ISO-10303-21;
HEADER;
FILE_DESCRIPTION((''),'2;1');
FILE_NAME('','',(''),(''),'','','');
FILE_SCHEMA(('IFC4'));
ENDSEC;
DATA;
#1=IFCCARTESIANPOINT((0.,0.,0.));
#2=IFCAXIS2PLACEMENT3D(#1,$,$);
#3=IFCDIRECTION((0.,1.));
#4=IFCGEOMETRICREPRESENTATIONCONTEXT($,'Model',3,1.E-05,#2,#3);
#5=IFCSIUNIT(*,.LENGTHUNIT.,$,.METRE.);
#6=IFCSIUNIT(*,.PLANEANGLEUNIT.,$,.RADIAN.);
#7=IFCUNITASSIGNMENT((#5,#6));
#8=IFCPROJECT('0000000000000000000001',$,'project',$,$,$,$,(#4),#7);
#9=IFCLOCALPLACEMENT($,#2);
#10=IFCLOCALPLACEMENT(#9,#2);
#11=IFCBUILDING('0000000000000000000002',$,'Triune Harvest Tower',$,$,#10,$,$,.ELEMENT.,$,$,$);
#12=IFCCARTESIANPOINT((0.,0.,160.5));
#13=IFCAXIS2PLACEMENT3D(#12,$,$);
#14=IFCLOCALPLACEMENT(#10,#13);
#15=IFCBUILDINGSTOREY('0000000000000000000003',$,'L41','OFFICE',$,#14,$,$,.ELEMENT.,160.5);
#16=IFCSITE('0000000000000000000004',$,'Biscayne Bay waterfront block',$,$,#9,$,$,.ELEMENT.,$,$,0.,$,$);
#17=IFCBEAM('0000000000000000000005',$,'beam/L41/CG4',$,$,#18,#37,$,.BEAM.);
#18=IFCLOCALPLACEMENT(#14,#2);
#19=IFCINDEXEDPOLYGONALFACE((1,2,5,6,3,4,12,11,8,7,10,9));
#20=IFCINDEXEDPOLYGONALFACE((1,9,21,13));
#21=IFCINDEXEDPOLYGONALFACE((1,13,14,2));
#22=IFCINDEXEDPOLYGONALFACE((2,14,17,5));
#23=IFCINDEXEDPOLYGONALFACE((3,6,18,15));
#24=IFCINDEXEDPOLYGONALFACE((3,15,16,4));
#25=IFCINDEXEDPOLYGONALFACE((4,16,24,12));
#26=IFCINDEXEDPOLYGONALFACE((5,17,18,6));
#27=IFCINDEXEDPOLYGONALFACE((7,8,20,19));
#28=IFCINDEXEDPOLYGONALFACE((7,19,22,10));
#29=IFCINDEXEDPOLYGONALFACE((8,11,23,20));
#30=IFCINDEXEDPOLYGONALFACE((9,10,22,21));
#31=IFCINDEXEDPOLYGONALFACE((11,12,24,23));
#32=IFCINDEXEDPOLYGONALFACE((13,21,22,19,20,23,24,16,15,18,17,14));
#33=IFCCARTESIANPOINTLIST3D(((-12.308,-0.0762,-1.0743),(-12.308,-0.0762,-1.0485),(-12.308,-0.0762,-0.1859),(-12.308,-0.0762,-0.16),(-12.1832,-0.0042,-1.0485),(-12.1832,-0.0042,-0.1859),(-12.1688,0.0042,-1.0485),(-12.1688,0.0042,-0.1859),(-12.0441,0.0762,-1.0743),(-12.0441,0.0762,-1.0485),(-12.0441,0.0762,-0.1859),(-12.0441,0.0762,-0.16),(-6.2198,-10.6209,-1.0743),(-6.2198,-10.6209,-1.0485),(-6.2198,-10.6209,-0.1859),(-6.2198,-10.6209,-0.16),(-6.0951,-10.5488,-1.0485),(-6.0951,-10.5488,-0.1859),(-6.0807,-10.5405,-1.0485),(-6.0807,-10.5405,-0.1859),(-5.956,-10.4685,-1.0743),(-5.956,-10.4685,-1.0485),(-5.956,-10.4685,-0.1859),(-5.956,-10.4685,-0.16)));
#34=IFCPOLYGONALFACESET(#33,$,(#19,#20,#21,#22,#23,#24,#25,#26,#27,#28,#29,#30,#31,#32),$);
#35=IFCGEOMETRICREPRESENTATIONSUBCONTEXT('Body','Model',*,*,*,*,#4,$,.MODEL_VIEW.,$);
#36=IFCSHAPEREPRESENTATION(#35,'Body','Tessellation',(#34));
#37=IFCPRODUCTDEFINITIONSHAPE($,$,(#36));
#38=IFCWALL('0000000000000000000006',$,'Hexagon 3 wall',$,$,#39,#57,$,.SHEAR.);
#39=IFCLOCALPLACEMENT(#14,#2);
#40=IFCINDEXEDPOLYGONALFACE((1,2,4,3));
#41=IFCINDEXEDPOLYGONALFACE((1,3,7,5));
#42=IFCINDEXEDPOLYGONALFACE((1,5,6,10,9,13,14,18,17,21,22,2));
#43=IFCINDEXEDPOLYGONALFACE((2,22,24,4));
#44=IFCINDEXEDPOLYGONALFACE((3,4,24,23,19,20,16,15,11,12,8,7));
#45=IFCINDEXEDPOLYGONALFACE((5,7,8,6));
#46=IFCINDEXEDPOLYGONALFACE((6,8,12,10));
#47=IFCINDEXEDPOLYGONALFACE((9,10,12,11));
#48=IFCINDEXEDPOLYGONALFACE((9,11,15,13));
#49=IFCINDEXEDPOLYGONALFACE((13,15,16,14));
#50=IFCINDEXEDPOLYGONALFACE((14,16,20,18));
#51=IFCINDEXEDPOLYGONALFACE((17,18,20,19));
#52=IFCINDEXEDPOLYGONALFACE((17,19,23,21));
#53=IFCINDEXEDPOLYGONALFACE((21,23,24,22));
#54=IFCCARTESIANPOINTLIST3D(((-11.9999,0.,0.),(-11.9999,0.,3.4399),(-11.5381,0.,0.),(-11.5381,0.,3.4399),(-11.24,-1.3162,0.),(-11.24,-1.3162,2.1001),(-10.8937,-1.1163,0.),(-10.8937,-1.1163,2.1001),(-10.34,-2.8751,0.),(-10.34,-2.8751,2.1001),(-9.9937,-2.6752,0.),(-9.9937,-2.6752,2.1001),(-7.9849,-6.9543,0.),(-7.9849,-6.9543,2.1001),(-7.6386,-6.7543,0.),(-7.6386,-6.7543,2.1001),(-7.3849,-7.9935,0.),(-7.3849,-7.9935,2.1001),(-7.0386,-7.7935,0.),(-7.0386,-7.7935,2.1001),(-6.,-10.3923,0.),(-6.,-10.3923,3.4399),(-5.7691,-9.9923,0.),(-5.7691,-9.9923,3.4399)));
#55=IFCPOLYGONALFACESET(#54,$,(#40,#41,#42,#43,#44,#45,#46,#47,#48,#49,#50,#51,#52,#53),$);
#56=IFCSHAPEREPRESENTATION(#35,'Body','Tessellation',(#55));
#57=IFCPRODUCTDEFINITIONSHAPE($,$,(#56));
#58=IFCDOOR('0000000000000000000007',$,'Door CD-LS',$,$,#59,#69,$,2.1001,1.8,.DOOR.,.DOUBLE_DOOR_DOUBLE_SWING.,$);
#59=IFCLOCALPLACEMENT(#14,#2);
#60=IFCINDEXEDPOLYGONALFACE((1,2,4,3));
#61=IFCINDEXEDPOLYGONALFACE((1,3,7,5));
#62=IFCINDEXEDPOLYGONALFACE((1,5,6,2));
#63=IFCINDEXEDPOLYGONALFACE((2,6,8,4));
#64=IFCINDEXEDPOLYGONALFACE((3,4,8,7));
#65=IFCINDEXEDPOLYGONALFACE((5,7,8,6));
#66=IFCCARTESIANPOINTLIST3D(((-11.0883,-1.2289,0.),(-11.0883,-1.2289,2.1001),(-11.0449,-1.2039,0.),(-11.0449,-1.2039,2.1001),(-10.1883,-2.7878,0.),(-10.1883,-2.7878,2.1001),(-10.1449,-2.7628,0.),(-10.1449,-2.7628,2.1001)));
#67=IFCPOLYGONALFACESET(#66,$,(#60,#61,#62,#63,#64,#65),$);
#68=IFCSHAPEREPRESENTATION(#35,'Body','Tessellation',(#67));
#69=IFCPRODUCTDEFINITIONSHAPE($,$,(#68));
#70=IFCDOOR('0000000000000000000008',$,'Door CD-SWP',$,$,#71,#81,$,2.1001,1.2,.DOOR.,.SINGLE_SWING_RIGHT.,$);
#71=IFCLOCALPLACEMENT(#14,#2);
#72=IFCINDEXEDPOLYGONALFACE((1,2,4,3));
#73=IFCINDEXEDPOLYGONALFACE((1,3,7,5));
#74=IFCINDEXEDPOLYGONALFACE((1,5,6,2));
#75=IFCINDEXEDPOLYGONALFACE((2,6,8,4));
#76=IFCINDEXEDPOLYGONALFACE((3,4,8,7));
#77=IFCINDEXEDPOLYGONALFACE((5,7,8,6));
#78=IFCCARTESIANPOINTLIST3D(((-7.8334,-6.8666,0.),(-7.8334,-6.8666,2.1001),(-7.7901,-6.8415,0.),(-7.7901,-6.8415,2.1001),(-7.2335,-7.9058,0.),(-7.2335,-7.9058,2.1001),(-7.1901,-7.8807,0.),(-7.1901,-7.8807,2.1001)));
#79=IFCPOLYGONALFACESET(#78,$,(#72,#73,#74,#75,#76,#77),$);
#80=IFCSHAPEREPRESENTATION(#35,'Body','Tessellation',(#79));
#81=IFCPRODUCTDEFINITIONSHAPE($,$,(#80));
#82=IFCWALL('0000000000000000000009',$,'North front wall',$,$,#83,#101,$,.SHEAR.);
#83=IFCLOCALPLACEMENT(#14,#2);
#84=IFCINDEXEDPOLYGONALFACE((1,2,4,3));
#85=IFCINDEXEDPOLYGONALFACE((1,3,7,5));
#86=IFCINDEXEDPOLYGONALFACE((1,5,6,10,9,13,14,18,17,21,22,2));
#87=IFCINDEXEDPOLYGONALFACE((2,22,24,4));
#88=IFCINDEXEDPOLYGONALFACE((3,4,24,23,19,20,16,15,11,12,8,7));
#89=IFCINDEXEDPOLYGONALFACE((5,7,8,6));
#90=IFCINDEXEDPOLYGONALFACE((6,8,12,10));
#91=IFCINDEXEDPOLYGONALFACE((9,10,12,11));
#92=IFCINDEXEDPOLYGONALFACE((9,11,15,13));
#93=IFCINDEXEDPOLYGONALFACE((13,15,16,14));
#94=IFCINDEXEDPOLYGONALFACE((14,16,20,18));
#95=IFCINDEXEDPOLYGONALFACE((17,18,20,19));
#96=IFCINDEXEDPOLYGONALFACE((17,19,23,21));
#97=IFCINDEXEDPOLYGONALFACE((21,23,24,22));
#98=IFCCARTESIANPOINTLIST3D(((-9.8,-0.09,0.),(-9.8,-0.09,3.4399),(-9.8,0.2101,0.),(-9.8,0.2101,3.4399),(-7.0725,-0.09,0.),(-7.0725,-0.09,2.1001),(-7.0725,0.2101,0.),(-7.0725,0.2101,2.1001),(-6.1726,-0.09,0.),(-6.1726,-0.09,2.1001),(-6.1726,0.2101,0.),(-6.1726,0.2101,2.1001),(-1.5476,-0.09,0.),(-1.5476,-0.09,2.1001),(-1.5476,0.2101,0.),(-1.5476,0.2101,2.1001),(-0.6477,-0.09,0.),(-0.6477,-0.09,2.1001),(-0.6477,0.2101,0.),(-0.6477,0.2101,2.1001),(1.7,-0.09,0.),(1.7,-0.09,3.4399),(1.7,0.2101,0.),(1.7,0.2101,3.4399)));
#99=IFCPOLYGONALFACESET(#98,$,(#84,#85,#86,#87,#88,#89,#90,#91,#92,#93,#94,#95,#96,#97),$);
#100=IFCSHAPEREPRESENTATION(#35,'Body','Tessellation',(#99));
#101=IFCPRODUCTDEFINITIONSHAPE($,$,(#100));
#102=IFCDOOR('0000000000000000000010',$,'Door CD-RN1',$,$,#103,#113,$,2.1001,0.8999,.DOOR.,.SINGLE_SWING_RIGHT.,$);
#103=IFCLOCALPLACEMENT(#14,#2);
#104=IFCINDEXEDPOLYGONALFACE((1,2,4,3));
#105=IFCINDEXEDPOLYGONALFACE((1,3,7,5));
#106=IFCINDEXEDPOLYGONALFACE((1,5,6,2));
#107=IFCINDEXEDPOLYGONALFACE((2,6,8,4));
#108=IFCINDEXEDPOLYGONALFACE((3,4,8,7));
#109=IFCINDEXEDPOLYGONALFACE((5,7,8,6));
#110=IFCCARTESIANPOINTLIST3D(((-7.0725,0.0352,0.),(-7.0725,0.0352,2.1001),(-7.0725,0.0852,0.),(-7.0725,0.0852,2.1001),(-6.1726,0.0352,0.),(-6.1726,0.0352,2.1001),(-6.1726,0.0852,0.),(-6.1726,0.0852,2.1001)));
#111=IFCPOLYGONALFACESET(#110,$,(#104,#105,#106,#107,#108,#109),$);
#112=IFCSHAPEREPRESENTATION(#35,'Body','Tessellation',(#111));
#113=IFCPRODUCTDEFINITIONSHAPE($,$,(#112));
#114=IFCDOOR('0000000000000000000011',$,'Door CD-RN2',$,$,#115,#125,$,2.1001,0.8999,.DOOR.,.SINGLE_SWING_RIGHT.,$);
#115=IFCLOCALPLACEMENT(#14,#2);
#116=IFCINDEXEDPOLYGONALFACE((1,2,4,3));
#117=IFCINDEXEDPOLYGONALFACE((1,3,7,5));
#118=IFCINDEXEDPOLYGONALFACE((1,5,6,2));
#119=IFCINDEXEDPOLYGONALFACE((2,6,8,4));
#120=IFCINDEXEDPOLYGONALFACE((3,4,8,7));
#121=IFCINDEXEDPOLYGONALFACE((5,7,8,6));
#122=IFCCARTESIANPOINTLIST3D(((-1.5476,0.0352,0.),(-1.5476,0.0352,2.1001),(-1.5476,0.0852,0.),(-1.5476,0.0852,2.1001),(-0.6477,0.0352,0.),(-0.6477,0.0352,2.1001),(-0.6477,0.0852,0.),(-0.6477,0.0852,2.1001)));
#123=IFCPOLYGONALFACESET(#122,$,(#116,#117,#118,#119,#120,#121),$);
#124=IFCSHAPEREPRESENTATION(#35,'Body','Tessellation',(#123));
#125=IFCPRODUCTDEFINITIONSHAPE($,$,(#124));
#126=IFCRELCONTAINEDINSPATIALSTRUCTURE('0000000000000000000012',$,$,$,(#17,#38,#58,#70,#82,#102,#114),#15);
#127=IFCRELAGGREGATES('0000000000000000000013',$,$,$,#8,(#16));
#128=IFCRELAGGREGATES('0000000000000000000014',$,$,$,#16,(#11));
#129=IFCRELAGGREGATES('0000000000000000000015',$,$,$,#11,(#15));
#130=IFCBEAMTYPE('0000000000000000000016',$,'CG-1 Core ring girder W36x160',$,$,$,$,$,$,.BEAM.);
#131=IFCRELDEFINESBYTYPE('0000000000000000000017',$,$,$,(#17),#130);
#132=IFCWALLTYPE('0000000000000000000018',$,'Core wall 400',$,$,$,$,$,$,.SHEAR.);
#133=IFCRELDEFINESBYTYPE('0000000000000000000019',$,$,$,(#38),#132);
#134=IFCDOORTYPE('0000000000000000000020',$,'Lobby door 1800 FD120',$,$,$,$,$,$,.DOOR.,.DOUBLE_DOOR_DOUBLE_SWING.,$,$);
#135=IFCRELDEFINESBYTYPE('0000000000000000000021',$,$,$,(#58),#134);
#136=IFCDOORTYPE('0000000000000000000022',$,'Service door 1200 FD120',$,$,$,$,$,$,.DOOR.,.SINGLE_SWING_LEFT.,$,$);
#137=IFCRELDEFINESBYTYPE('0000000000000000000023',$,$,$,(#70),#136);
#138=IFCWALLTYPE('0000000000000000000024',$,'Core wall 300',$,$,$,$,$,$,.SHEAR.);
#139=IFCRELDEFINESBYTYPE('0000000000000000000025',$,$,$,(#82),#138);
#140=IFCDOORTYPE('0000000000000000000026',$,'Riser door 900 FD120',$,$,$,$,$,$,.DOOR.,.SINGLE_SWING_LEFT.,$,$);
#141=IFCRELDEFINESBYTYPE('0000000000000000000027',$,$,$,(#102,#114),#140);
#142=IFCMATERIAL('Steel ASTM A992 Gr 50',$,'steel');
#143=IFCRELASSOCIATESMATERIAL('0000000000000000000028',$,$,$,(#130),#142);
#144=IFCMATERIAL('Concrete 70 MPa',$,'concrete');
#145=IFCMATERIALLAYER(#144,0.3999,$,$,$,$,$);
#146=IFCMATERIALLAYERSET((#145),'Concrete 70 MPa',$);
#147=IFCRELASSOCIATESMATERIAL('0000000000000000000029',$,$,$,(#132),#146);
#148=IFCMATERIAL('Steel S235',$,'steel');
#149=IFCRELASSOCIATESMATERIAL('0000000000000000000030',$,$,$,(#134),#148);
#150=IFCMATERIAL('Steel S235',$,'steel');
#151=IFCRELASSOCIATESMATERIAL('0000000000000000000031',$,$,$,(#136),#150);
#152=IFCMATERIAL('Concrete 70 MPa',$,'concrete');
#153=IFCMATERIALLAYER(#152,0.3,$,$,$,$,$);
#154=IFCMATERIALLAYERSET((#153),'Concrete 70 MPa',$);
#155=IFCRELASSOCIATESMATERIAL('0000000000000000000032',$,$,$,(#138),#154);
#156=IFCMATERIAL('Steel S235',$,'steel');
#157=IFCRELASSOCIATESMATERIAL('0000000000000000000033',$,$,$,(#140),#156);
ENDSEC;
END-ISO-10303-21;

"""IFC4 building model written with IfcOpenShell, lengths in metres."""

from ifc_helpers import new_model, si_unit, direction, frame, frame_2d, origin, origin_2d, place, context, subcontext, project, spatial, polyline, rectangle, i_section, outline, extrude, source, transform, mapped, material, layer, layer_set, material_profile, profile_set, type_object, element, fill, save


model = new_model("IFC4")

# Units and contexts
model_context = context("Model", 3, precision=1e-05, world=origin(), true_north=direction((0.0, 1.0)))
body_context = subcontext(model_context, "Body", "Model", "MODEL_VIEW")
ifc_project = project(units=[si_unit("LENGTHUNIT", "METRE"), si_unit("PLANEANGLEUNIT", "RADIAN")], contexts=[model_context])

# Site, building, storey
site_placement = place(None, origin())
site = spatial("IfcSite", under=ifc_project, at=site_placement, Name="Biscayne Bay waterfront block", CompositionType="ELEMENT", RefElevation=0.0)
building_placement = place(site_placement, origin())
building = spatial("IfcBuilding", under=site, at=building_placement, Name="Triune Harvest Tower", CompositionType="ELEMENT")
storey_placement = place(building_placement, frame((0.0, 0.0, 160.5)))
storey = spatial("IfcBuildingStorey", under=building, at=storey_placement, Name="L41", Description="OFFICE", CompositionType="ELEMENT", Elevation=160.5)

# Beam
ifc_material_1 = material(Name="Steel ASTM A992 Gr 50", Category="steel")
ifc_material_profile = material_profile(ifc_material_1, i_section(OverallWidth=0.3047, OverallDepth=0.9143, WebThickness=0.0166, FlangeThickness=0.0259, at=origin_2d()), Name="W36x160")
ifc_profile_set = profile_set([ifc_material_profile], Name="Steel ASTM A992 Gr 50")
beam_type = type_object("IfcBeamType", Name="CG-1 Core ring girder W36x160", PredefinedType="BEAM", material=ifc_profile_set)
shared_shape_1 = source(origin(), body_context, "Body", "SweptSolid", [
    extrude(i_section(OverallWidth=0.3047, OverallDepth=0.9143, WebThickness=0.0166, FlangeThickness=0.0259, at=origin_2d()), origin(), (0.0, 0.0, 1.0), 12.176),
])
beam_placement = place(storey_placement, frame((-12.176, 0.0, -0.6172), z_axis=(0.50001, -0.86602, 0.0), x_axis=(0.86602, 0.50001, 0.0)))
element("IfcBeam", 1, at=beam_placement, inside=storey, type_object=beam_type, Name="beam/L41/CG4", PredefinedType="BEAM", context=body_context, shape_type="MappedRepresentation", body=[
    mapped(shared_shape_1, transform((0.0, 0.0, 0.0), scale=1.0)),
])

# Walls, openings, doors
ifc_material_2 = material(Name="Concrete 70 MPa", Category="concrete")
ifc_layer_1 = layer(ifc_material_2, 0.3999)
ifc_layer_set_1 = layer_set([ifc_layer_1], Name="Concrete 70 MPa")
wall_type_1 = type_object("IfcWallType", Name="Core wall 400", PredefinedType="SHEAR", material=ifc_layer_set_1)
shared_shape_2 = source(origin(), body_context, "Body", "SweptSolid", [
    extrude(outline(polyline([(-0.1155, -0.2), (11.8845, -0.2), (11.6536, 0.2), (0.1155, 0.2), (-0.1155, -0.2)])), origin(), (0.0, 0.0, 1.0), 3.4399),
])
wall_1_placement = place(storey_placement, frame((-11.769, 0.0, 0.0), z_axis=(0.0, 0.0, 1.0), x_axis=(0.499997, -0.866027, 0.0)))
wall_1 = element("IfcWall", 2, at=wall_1_placement, inside=storey, type_object=wall_type_1, Name="Hexagon 3 wall", PredefinedType="SHEAR", context=body_context, shape_type="MappedRepresentation", body=[
    mapped(shared_shape_2, transform((0.0, 0.0, 0.0), scale=1.0)),
])
opening_1_placement = place(wall_1_placement, frame((1.4045, 0.0, 0.0)))
opening_1 = element("IfcOpeningElement", 3, at=opening_1_placement, cuts=wall_1, PredefinedType="OPENING", context=body_context, shape_type="SweptSolid", body=[
    extrude(rectangle(XDim=1.8, YDim=2.1001, at=frame_2d((0.8999, 1.05))), frame((0.0, 0.21, 0.0), z_axis=(0.0, -1.0, 0.0), x_axis=(1.0, 0.0, 0.0)), (0.0, 0.0, 1.0), 0.4199),
])
opening_2_placement = place(wall_1_placement, frame((7.9146, 0.0, 0.0)))
opening_2 = element("IfcOpeningElement", 4, at=opening_2_placement, cuts=wall_1, PredefinedType="OPENING", context=body_context, shape_type="SweptSolid", body=[
    extrude(rectangle(XDim=1.2, YDim=2.1001, at=frame_2d((0.6001, 1.05))), frame((0.0, 0.21, 0.0), z_axis=(0.0, -1.0, 0.0), x_axis=(1.0, 0.0, 0.0)), (0.0, 0.0, 1.0), 0.4199),
])
ifc_material_3 = material(Name="Steel S235", Category="steel")
door_type_1 = type_object("IfcDoorType", Name="Lobby door 1800 FD120", OperationType="DOUBLE_DOOR_DOUBLE_SWING", PredefinedType="DOOR", material=ifc_material_3)
door_1_placement = place(opening_1_placement, frame((1.8, 0.0, 0.0), z_axis=(0.0, 0.0, 1.0), x_axis=(-1.0, 0.0, 0.0)))
door_1 = element("IfcDoor", 5, at=door_1_placement, inside=storey, type_object=door_type_1, Name="Door CD-LS", OperationType="DOUBLE_DOOR_DOUBLE_SWING", OverallHeight=2.1001, OverallWidth=1.8, PredefinedType="DOOR", context=body_context, shape_type="SweptSolid", body=[
    extrude(rectangle(XDim=1.8, YDim=2.1001, at=frame_2d((0.8999, 1.05))), frame((0.0, 0.0249, 0.0), z_axis=(0.0, -1.0, 0.0), x_axis=(1.0, 0.0, 0.0)), (0.0, 0.0, 1.0), 0.05),
])
fill(opening_1, door_1)
ifc_material_4 = material(Name="Steel S235", Category="steel")
door_type_2 = type_object("IfcDoorType", Name="Service door 1200 FD120", OperationType="SINGLE_SWING_LEFT", PredefinedType="DOOR", material=ifc_material_4)
door_2_placement = place(opening_2_placement, frame((1.2, 0.0, 0.0), z_axis=(0.0, 0.0, 1.0), x_axis=(-1.0, 0.0, 0.0)))
door_2 = element("IfcDoor", 6, at=door_2_placement, inside=storey, type_object=door_type_2, Name="Door CD-SWP", OperationType="SINGLE_SWING_RIGHT", OverallHeight=2.1001, OverallWidth=1.2, PredefinedType="DOOR", context=body_context, shape_type="SweptSolid", body=[
    extrude(rectangle(XDim=1.2, YDim=2.1001, at=frame_2d((0.6001, 1.05))), frame((0.0, 0.0249, 0.0), z_axis=(0.0, -1.0, 0.0), x_axis=(1.0, 0.0, 0.0)), (0.0, 0.0, 1.0), 0.05),
])
fill(opening_2, door_2)
ifc_material_5 = material(Name="Concrete 70 MPa", Category="concrete")
ifc_layer_2 = layer(ifc_material_5, 0.3)
ifc_layer_set_2 = layer_set([ifc_layer_2], Name="Concrete 70 MPa")
wall_type_2 = type_object("IfcWallType", Name="Core wall 300", PredefinedType="SHEAR", material=ifc_layer_set_2)
shared_shape_3 = source(origin(), body_context, "Body", "SweptSolid", [
    extrude(rectangle(XDim=11.5, YDim=0.3, at=frame_2d((5.75, 0.0))), origin(), (0.0, 0.0, 1.0), 3.4399),
])
wall_2_placement = place(storey_placement, frame((-9.8, 0.0601, 0.0), z_axis=(0.0, 0.0, 1.0), x_axis=(1.0, 0.0, 0.0)))
wall_2 = element("IfcWall", 7, at=wall_2_placement, inside=storey, type_object=wall_type_2, Name="North front wall", PredefinedType="SHEAR", context=body_context, shape_type="MappedRepresentation", body=[
    mapped(shared_shape_3, transform((0.0, 0.0, 0.0), scale=1.0)),
])
opening_3_placement = place(wall_2_placement, frame((2.7275, 0.0, 0.0)))
opening_3 = element("IfcOpeningElement", 8, at=opening_3_placement, cuts=wall_2, PredefinedType="OPENING", context=body_context, shape_type="SweptSolid", body=[
    extrude(rectangle(XDim=0.8999, YDim=2.1001, at=frame_2d((0.45, 1.05))), frame((0.0, 0.1602, 0.0), z_axis=(0.0, -1.0, 0.0), x_axis=(1.0, 0.0, 0.0)), (0.0, 0.0, 1.0), 0.3201),
])
opening_4_placement = place(wall_2_placement, frame((8.2524, 0.0, 0.0)))
opening_4 = element("IfcOpeningElement", 9, at=opening_4_placement, cuts=wall_2, PredefinedType="OPENING", context=body_context, shape_type="SweptSolid", body=[
    extrude(rectangle(XDim=0.8999, YDim=2.1001, at=frame_2d((0.45, 1.05))), frame((0.0, 0.1602, 0.0), z_axis=(0.0, -1.0, 0.0), x_axis=(1.0, 0.0, 0.0)), (0.0, 0.0, 1.0), 0.3201),
])
ifc_material_6 = material(Name="Steel S235", Category="steel")
door_type_3 = type_object("IfcDoorType", Name="Riser door 900 FD120", OperationType="SINGLE_SWING_LEFT", PredefinedType="DOOR", material=ifc_material_6)
door_3_placement = place(opening_3_placement, frame((0.8999, 0.0, 0.0), z_axis=(0.0, 0.0, 1.0), x_axis=(-1.0, 0.0, 0.0)))
door_3 = element("IfcDoor", 10, at=door_3_placement, inside=storey, type_object=door_type_3, Name="Door CD-RN1", OperationType="SINGLE_SWING_RIGHT", OverallHeight=2.1001, OverallWidth=0.8999, PredefinedType="DOOR", context=body_context, shape_type="SweptSolid", body=[
    extrude(rectangle(XDim=0.8999, YDim=2.1001, at=frame_2d((0.45, 1.05))), frame((0.0, 0.0249, 0.0), z_axis=(0.0, -1.0, 0.0), x_axis=(1.0, 0.0, 0.0)), (0.0, 0.0, 1.0), 0.05),
])
fill(opening_3, door_3)
door_4_placement = place(opening_4_placement, frame((0.8999, 0.0, 0.0), z_axis=(0.0, 0.0, 1.0), x_axis=(-1.0, 0.0, 0.0)))
door_4 = element("IfcDoor", 11, at=door_4_placement, inside=storey, type_object=door_type_3, Name="Door CD-RN2", OperationType="SINGLE_SWING_RIGHT", OverallHeight=2.1001, OverallWidth=0.8999, PredefinedType="DOOR", context=body_context, shape_type="SweptSolid", body=[
    extrude(rectangle(XDim=0.8999, YDim=2.1001, at=frame_2d((0.45, 1.05))), frame((0.0, 0.0249, 0.0), z_axis=(0.0, -1.0, 0.0), x_axis=(1.0, 0.0, 0.0)), (0.0, 0.0, 1.0), 0.05),
])
fill(opening_4, door_4)

save(model, "model.ifc")
